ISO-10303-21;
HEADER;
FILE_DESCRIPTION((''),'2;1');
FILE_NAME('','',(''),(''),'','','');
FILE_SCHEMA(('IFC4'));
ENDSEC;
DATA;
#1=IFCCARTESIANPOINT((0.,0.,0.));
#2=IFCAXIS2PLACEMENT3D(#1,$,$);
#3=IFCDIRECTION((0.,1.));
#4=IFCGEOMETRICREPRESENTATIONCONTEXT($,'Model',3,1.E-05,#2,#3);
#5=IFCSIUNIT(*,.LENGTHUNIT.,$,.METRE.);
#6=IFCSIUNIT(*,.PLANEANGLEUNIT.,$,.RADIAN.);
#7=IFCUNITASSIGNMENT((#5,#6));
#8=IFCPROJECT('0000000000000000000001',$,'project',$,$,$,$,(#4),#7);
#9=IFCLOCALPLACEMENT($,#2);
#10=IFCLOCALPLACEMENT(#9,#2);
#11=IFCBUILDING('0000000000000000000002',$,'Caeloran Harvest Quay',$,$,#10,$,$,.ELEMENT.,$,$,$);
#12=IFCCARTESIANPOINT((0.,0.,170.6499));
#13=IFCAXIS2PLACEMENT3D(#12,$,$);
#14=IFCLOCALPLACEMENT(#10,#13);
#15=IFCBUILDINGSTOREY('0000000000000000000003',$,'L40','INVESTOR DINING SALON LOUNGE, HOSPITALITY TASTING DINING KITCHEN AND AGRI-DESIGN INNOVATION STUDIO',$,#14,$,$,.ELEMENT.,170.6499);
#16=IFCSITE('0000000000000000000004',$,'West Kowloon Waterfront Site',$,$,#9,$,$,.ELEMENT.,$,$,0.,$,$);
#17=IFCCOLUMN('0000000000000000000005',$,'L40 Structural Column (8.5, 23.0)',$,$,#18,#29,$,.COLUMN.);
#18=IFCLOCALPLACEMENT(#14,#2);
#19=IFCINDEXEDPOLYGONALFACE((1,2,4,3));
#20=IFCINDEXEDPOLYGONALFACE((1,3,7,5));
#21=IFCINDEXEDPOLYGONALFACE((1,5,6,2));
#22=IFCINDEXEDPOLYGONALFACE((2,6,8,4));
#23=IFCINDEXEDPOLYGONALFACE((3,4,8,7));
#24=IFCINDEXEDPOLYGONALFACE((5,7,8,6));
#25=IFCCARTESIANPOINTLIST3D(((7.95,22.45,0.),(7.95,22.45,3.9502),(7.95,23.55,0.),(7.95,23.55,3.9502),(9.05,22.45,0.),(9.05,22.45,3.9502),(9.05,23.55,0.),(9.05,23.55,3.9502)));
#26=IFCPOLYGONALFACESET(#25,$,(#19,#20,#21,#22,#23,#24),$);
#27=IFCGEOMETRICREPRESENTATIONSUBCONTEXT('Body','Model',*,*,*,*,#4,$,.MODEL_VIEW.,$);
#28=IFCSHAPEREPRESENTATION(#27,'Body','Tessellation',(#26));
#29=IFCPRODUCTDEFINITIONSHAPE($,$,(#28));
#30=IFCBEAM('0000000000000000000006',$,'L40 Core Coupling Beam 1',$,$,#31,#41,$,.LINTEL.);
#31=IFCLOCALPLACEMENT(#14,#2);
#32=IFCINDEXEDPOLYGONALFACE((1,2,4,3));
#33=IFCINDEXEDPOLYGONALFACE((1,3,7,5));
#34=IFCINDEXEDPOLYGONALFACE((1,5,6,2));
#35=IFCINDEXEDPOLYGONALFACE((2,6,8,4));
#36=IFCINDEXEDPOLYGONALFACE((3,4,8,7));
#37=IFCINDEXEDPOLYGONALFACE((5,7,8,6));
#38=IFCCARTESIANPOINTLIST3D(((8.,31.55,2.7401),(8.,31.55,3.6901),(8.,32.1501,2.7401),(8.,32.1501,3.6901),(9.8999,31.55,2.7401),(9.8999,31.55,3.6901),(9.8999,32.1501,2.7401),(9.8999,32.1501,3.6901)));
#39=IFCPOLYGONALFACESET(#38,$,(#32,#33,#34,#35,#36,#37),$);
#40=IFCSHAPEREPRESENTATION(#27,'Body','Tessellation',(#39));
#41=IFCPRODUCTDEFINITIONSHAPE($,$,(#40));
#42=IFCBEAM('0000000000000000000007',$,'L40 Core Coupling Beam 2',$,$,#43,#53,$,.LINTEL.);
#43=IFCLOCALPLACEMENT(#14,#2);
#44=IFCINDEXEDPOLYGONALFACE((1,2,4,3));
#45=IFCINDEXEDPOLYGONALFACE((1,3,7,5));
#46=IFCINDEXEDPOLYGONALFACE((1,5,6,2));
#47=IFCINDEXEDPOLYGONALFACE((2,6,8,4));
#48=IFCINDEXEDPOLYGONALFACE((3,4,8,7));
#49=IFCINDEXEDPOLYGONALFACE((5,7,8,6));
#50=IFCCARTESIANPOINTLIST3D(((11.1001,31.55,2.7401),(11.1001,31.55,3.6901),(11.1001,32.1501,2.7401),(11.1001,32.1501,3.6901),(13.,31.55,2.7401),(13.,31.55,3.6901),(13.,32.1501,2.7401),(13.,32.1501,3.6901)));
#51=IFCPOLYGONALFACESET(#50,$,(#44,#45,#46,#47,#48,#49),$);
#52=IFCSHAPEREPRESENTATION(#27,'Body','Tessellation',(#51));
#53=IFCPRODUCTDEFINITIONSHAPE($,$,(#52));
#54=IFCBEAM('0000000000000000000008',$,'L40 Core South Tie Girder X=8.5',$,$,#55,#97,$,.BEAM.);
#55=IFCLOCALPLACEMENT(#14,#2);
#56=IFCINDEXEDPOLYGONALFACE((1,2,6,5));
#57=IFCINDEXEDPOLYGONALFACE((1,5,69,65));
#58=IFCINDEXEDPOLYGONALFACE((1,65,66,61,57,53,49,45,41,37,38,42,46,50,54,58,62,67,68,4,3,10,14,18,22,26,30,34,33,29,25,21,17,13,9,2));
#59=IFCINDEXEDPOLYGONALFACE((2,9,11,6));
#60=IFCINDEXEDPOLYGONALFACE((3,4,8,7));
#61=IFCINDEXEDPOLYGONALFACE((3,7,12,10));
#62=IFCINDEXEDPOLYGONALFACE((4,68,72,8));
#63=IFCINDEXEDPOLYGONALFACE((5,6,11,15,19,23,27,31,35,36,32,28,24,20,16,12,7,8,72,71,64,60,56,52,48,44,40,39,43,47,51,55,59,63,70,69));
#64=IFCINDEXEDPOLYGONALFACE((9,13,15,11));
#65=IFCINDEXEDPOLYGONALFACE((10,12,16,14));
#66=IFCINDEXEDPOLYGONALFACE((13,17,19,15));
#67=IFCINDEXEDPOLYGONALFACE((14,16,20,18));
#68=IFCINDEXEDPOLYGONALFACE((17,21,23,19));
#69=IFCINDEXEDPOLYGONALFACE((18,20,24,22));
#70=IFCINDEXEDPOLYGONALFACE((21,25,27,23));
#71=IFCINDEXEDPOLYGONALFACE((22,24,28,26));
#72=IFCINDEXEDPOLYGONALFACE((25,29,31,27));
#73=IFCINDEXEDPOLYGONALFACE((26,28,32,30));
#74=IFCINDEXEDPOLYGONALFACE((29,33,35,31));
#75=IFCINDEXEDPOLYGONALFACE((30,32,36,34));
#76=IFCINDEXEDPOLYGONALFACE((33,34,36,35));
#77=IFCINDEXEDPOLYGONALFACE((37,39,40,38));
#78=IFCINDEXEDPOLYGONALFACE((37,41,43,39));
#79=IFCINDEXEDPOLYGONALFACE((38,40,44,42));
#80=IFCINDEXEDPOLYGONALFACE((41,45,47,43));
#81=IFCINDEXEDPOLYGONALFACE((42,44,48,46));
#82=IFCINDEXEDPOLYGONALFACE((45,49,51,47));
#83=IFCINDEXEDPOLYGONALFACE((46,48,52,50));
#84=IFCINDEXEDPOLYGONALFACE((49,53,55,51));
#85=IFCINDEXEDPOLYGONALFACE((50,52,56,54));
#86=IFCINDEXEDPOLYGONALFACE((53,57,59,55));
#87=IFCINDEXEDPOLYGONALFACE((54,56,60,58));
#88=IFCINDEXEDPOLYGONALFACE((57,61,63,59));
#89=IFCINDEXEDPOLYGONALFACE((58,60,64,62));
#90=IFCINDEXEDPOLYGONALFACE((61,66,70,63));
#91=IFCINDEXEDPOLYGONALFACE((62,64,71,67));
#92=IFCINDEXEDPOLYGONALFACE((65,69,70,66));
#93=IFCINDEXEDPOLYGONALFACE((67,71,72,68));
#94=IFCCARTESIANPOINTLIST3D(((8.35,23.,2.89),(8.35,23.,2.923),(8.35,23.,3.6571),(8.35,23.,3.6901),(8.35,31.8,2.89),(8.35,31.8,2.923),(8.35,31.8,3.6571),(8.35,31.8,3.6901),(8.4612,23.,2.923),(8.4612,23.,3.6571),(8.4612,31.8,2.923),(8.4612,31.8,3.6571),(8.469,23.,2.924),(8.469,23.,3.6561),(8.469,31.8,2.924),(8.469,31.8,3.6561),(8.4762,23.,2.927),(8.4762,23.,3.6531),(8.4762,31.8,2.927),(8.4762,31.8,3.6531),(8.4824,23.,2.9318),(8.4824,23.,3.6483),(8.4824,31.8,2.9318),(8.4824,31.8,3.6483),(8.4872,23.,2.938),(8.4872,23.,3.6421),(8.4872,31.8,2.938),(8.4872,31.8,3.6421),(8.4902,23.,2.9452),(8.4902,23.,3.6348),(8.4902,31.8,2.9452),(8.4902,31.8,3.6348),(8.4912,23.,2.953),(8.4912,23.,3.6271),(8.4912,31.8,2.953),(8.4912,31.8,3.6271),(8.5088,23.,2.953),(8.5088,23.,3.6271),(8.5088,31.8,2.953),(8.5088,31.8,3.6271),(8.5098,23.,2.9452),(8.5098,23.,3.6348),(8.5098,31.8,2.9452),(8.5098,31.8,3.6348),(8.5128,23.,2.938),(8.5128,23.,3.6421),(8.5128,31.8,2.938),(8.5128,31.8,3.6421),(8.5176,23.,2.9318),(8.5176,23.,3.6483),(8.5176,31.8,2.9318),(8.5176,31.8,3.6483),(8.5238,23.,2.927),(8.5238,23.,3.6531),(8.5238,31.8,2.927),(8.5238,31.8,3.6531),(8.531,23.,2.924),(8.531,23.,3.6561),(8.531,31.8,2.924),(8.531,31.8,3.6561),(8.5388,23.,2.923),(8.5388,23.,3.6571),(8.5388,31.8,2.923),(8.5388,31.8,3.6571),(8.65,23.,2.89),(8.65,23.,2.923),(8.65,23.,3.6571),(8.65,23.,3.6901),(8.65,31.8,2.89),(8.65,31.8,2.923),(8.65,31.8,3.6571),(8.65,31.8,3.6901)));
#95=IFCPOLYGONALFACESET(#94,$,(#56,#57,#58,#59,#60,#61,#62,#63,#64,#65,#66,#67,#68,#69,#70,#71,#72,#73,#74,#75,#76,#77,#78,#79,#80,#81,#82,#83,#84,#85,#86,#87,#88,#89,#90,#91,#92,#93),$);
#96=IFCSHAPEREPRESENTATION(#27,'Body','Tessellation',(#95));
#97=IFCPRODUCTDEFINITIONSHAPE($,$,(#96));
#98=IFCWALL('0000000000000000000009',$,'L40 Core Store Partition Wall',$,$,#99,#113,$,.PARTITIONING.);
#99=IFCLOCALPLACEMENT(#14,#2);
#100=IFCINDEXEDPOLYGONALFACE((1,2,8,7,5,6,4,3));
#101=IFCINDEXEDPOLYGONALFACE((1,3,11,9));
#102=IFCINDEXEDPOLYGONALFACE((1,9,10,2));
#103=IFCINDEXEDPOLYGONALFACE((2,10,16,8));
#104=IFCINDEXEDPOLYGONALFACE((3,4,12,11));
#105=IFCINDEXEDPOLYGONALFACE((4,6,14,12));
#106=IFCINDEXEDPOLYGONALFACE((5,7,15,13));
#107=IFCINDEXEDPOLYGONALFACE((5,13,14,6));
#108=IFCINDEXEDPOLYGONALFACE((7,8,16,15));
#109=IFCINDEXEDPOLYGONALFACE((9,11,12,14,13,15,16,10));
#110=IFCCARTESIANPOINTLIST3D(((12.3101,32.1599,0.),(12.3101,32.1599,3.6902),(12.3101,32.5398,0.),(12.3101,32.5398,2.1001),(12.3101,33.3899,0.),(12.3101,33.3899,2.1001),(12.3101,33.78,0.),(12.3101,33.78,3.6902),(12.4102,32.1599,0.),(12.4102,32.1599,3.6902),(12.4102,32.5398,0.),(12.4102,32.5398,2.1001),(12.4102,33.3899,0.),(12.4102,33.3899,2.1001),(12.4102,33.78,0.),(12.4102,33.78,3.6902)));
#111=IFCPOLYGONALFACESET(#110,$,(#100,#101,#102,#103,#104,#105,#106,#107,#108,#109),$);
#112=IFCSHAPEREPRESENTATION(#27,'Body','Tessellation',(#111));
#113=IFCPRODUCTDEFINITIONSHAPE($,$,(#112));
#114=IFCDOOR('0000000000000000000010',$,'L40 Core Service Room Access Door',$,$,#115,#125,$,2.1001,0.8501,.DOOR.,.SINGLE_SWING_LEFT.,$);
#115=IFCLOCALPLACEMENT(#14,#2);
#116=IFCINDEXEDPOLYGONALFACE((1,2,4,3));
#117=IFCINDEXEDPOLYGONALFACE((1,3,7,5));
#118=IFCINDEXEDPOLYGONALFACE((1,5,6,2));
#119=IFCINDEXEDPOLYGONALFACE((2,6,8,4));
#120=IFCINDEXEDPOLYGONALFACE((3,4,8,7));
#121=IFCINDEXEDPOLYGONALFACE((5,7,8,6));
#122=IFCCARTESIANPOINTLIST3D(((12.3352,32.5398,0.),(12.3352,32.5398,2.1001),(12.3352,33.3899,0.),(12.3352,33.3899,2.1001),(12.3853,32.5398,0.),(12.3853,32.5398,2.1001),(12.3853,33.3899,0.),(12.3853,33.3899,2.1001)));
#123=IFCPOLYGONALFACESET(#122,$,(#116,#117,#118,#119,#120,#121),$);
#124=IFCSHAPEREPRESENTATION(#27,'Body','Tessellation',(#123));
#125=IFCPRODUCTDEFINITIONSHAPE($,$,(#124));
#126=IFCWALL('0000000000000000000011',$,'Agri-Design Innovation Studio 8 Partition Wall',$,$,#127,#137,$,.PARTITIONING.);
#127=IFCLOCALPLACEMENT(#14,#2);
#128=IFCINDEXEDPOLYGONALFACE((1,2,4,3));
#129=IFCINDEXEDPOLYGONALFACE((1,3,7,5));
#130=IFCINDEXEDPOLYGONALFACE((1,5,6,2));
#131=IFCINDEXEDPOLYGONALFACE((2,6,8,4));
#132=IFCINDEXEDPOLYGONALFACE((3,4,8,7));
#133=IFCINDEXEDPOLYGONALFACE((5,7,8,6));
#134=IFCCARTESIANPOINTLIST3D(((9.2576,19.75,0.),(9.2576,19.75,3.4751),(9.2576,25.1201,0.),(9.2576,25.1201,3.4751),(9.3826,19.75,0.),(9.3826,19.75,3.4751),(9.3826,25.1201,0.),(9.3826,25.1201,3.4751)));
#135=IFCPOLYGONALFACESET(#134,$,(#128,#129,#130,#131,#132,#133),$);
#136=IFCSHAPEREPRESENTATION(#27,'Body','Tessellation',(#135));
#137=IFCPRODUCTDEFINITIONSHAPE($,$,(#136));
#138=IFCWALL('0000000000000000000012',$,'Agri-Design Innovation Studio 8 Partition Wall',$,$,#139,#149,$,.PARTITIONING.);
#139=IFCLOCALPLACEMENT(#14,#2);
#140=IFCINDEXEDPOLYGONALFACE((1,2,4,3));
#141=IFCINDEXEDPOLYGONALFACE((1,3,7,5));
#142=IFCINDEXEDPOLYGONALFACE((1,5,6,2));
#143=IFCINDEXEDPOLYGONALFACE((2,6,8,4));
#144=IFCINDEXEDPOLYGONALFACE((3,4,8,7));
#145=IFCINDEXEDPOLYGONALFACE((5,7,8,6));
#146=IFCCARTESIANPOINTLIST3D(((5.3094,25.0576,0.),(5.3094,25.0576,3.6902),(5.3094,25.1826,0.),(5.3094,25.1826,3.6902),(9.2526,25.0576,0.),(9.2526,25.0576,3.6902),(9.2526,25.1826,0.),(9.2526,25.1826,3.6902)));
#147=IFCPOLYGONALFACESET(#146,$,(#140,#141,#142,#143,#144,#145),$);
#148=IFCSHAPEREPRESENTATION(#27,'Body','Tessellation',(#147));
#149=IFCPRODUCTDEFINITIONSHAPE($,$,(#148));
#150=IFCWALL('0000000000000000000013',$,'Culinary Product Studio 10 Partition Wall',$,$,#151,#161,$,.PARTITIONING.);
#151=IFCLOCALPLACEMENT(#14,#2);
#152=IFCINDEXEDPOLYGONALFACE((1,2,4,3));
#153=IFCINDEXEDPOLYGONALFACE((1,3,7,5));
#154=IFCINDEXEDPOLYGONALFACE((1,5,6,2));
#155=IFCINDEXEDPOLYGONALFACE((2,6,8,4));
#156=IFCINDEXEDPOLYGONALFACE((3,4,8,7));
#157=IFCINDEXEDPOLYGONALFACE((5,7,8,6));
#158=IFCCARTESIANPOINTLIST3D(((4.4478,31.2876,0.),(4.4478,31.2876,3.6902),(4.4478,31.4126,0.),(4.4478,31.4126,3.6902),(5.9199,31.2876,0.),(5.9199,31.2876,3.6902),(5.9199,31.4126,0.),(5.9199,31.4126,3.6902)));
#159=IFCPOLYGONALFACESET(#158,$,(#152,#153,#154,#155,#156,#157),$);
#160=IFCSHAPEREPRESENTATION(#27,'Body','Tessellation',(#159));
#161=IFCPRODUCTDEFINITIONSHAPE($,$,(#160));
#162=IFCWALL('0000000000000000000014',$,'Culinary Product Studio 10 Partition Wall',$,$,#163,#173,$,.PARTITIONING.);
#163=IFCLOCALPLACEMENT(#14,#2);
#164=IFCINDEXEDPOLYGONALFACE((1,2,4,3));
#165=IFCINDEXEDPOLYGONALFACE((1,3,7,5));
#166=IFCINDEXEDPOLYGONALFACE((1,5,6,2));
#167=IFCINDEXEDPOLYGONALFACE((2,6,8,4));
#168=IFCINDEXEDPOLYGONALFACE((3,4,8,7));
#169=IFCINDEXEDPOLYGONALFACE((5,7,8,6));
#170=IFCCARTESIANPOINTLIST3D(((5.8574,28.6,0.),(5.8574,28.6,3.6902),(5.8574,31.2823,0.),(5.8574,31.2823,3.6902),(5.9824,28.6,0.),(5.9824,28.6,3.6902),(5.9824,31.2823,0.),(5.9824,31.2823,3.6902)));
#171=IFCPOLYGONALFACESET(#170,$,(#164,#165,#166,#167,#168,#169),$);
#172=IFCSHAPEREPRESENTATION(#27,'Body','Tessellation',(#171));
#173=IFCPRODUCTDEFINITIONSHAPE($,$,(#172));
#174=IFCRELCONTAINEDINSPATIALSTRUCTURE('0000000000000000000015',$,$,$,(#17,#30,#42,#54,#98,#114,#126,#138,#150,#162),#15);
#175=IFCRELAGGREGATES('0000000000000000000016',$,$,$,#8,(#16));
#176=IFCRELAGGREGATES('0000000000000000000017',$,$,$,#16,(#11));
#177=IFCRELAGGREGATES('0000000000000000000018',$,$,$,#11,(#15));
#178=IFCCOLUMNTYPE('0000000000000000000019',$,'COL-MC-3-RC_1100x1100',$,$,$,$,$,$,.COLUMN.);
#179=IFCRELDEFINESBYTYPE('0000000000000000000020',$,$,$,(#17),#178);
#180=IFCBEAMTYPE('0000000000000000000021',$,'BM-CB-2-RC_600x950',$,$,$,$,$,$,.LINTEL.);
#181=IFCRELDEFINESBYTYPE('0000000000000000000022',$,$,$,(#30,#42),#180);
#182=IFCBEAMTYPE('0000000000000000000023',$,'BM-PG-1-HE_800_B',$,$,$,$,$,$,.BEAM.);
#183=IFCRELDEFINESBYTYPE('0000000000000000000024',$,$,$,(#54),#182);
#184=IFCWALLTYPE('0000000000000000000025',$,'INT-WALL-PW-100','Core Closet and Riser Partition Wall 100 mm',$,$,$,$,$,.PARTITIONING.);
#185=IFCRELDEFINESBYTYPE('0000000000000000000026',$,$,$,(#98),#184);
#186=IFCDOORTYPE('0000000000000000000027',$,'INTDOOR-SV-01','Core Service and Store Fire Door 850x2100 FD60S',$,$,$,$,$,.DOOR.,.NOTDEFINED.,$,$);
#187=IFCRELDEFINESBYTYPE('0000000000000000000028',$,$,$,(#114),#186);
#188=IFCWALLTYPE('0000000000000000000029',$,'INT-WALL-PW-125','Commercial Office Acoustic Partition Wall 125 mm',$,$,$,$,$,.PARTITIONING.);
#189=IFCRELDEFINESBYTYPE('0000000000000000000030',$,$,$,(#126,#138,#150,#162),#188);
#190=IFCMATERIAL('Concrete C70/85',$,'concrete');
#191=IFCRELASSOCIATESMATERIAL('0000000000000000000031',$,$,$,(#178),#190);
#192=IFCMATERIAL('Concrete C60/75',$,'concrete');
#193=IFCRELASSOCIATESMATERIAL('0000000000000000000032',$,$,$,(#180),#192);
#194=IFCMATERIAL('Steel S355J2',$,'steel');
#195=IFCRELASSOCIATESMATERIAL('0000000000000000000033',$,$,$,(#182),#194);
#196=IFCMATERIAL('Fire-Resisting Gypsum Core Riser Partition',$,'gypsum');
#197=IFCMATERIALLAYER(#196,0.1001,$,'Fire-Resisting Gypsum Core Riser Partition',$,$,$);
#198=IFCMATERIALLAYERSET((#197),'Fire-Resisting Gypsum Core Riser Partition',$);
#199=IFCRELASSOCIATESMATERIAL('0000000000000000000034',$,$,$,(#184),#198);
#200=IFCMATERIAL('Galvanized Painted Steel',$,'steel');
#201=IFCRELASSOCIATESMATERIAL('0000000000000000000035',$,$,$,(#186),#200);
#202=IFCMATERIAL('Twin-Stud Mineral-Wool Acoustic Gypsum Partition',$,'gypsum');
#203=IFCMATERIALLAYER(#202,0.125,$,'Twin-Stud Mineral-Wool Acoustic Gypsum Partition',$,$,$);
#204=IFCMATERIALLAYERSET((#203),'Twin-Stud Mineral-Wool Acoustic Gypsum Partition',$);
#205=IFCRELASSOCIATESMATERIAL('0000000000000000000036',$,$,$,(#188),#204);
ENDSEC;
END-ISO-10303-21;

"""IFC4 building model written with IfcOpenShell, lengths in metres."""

from ifc_helpers import new_model, si_unit, direction, frame, frame_2d, origin, origin_2d, place, context, subcontext, project, spatial, rectangle, i_section, extrude, material, layer, layer_set, material_profile, profile_set, type_object, element, fill, save


model = new_model("IFC4")

# Units and contexts
model_context = context("Model", 3, precision=1e-05, world=origin(), true_north=direction((0.0, 1.0)))
body_context = subcontext(model_context, "Body", "Model", "MODEL_VIEW")
ifc_project = project(units=[si_unit("LENGTHUNIT", "METRE"), si_unit("PLANEANGLEUNIT", "RADIAN")], contexts=[model_context])

# Site, building, storey
site_placement = place(None, origin())
site = spatial("IfcSite", under=ifc_project, at=site_placement, Name="West Kowloon Waterfront Site", CompositionType="ELEMENT", RefElevation=0.0)
building_placement = place(site_placement, origin())
building = spatial("IfcBuilding", under=site, at=building_placement, Name="Caeloran Harvest Quay", CompositionType="ELEMENT")
storey_placement = place(building_placement, frame((0.0, 0.0, 170.6499)))
storey = spatial("IfcBuildingStorey", under=building, at=storey_placement, Name="L40", Description="INVESTOR DINING SALON LOUNGE, HOSPITALITY TASTING DINING KITCHEN AND AGRI-DESIGN INNOVATION STUDIO", CompositionType="ELEMENT", Elevation=170.6499)

# Column
ifc_material_1 = material(Name="Concrete C70/85", Category="concrete")
ifc_material_profile_1 = material_profile(ifc_material_1, rectangle(XDim=1.1001, YDim=1.1001, at=origin_2d()), Name="RC 1100x1100")
ifc_profile_set_1 = profile_set([ifc_material_profile_1], Name="Concrete C70/85")
column_type = type_object("IfcColumnType", Name="COL-MC-3-RC_1100x1100", PredefinedType="COLUMN", material=ifc_profile_set_1)
column_placement = place(storey_placement, frame((8.5, 23.0, 0.0), z_axis=(0.0, 0.0, 1.0), x_axis=(1.0, 0.0, 0.0)))
element("IfcColumn", 1, at=column_placement, inside=storey, type_object=column_type, Name="L40 Structural Column (8.5, 23.0)", PredefinedType="COLUMN", context=body_context, shape_type="SweptSolid", body=[
    extrude(rectangle(XDim=1.1001, YDim=1.1001, at=origin_2d()), origin(), (0.0, 0.0, 1.0), 3.9502),
])

# Beams
ifc_material_2 = material(Name="Concrete C60/75", Category="concrete")
ifc_material_profile_2 = material_profile(ifc_material_2, rectangle(XDim=0.6001, YDim=0.95, at=origin_2d()), Name="RC 600x950")
ifc_profile_set_2 = profile_set([ifc_material_profile_2], Name="Concrete C60/75")
beam_type_1 = type_object("IfcBeamType", Name="BM-CB-2-RC_600x950", PredefinedType="LINTEL", material=ifc_profile_set_2)
for number, where, z_axis, x_axis, name in (
    (2, (8.0, 31.8501, 3.2151), (1.0, 0.0, 0.0), (0.0, 1.0, 0.0), "L40 Core Coupling Beam 1"),
    (3, (11.1001, 31.8501, 3.2151), (1.0, 0.0, 0.0), (0.0, 1.0, 0.0), "L40 Core Coupling Beam 2"),
):
    element("IfcBeam", number, at=place(storey_placement, frame(where, z_axis=z_axis, x_axis=x_axis)), inside=storey, type_object=beam_type_1, Name=name, PredefinedType="LINTEL", context=body_context, shape_type="SweptSolid", body=[
        extrude(rectangle(XDim=0.6001, YDim=0.95, at=origin_2d()), origin(), (0.0, 0.0, 1.0), 1.8999),
    ])
ifc_material_3 = material(Name="Steel S355J2", Category="steel")
ifc_material_profile_3 = material_profile(ifc_material_3, i_section(OverallWidth=0.3, OverallDepth=0.8, WebThickness=0.0176, FlangeThickness=0.033, FilletRadius=0.03, at=origin_2d()), Name="HE 800 B")
ifc_profile_set_3 = profile_set([ifc_material_profile_3], Name="Steel S355J2")
beam_type_2 = type_object("IfcBeamType", Name="BM-PG-1-HE_800_B", PredefinedType="BEAM", material=ifc_profile_set_3)
beam_placement = place(storey_placement, frame((8.5, 23.0, 3.29), z_axis=(0.0, 1.0, 0.0), x_axis=(-1.0, 0.0, 0.0)))
element("IfcBeam", 4, at=beam_placement, inside=storey, type_object=beam_type_2, Name="L40 Core South Tie Girder X=8.5", PredefinedType="BEAM", context=body_context, shape_type="SweptSolid", body=[
    extrude(i_section(OverallWidth=0.3, OverallDepth=0.8, WebThickness=0.0176, FlangeThickness=0.033, FilletRadius=0.03, at=origin_2d()), origin(), (0.0, 0.0, 1.0), 8.8),
])

# Wall, opening, door
ifc_material_4 = material(Name="Fire-Resisting Gypsum Core Riser Partition", Category="gypsum")
ifc_layer_1 = layer(ifc_material_4, 0.1001, Name="Fire-Resisting Gypsum Core Riser Partition")
ifc_layer_set_1 = layer_set([ifc_layer_1], Name="Fire-Resisting Gypsum Core Riser Partition")
wall_type_1 = type_object("IfcWallType", Name="INT-WALL-PW-100", Description="Core Closet and Riser Partition Wall 100 mm", PredefinedType="PARTITIONING", material=ifc_layer_set_1)
wall_1_placement = place(storey_placement, frame((12.3601, 32.1599, 0.0), z_axis=(0.0, 0.0, 1.0), x_axis=(0.0, 1.0, 0.0)))
wall_1 = element("IfcWall", 5, at=wall_1_placement, inside=storey, type_object=wall_type_1, Name="L40 Core Store Partition Wall", PredefinedType="PARTITIONING", context=body_context, shape_type="SweptSolid", body=[
    extrude(rectangle(XDim=1.6201, YDim=0.1001, at=frame_2d((0.8101, 0.0))), origin(), (0.0, 0.0, 1.0), 3.6902),
])
opening_1_placement = place(wall_1_placement, frame((0.3799, 0.0, 0.0)))
opening_1 = element("IfcOpeningElement", 6, at=opening_1_placement, cuts=wall_1, PredefinedType="OPENING", context=body_context, shape_type="SweptSolid", body=[
    extrude(rectangle(XDim=0.8501, YDim=2.1001, at=frame_2d((0.425, 1.05))), frame((0.0, 0.0601, 0.0), z_axis=(0.0, -1.0, 0.0), x_axis=(1.0, 0.0, 0.0)), (0.0, 0.0, 1.0), 0.1201),
])
ifc_material_5 = material(Name="Galvanized Painted Steel", Category="steel")
door_type_1 = type_object("IfcDoorType", Name="INTDOOR-SV-01", Description="Core Service and Store Fire Door 850x2100 FD60S", OperationType="NOTDEFINED", PredefinedType="DOOR", material=ifc_material_5)
door_1_placement = place(opening_1_placement, origin())
door_1 = element("IfcDoor", 7, at=door_1_placement, inside=storey, type_object=door_type_1, Name="L40 Core Service Room Access Door", OperationType="SINGLE_SWING_LEFT", OverallHeight=2.1001, OverallWidth=0.8501, PredefinedType="DOOR", context=body_context, shape_type="SweptSolid", body=[
    extrude(rectangle(XDim=0.8501, YDim=2.1001, at=frame_2d((0.425, 1.05))), frame((0.0, 0.0249, 0.0), z_axis=(0.0, -1.0, 0.0), x_axis=(1.0, 0.0, 0.0)), (0.0, 0.0, 1.0), 0.05),
])
fill(opening_1, door_1)

# Walls
ifc_material_6 = material(Name="Twin-Stud Mineral-Wool Acoustic Gypsum Partition", Category="gypsum")
ifc_layer_2 = layer(ifc_material_6, 0.125, Name="Twin-Stud Mineral-Wool Acoustic Gypsum Partition")
ifc_layer_set_2 = layer_set([ifc_layer_2], Name="Twin-Stud Mineral-Wool Acoustic Gypsum Partition")
wall_type_2 = type_object("IfcWallType", Name="INT-WALL-PW-125", Description="Commercial Office Acoustic Partition Wall 125 mm", PredefinedType="PARTITIONING", material=ifc_layer_set_2)
wall_2_placement = place(storey_placement, frame((9.3201, 25.1201, 0.0), z_axis=(0.0, 0.0, 1.0), x_axis=(0.0, -1.0, 0.0)))
element("IfcWall", 8, at=wall_2_placement, inside=storey, type_object=wall_type_2, Name="Agri-Design Innovation Studio 8 Partition Wall", PredefinedType="PARTITIONING", context=body_context, shape_type="SweptSolid", body=[
    extrude(rectangle(XDim=5.3701, YDim=0.125, at=frame_2d((2.6851, 0.0))), origin(), (0.0, 0.0, 1.0), 3.4751),
])
wall_3_placement = place(storey_placement, frame((5.3093, 25.1201, 0.0), z_axis=(0.0, 0.0, 1.0), x_axis=(1.0, 0.0, 0.0)))
element("IfcWall", 9, at=wall_3_placement, inside=storey, type_object=wall_type_2, Name="Agri-Design Innovation Studio 8 Partition Wall", PredefinedType="PARTITIONING", context=body_context, shape_type="SweptSolid", body=[
    extrude(rectangle(XDim=3.9431, YDim=0.125, at=frame_2d((1.9717, 0.0))), origin(), (0.0, 0.0, 1.0), 3.6902),
])
wall_4_placement = place(storey_placement, frame((4.4478, 31.3501, 0.0), z_axis=(0.0, 0.0, 1.0), x_axis=(1.0, 0.0, 0.0)))
element("IfcWall", 10, at=wall_4_placement, inside=storey, type_object=wall_type_2, Name="Culinary Product Studio 10 Partition Wall", PredefinedType="PARTITIONING", context=body_context, shape_type="SweptSolid", body=[
    extrude(rectangle(XDim=1.4722, YDim=0.125, at=frame_2d((0.7361, 0.0))), origin(), (0.0, 0.0, 1.0), 3.6902),
])
wall_5_placement = place(storey_placement, frame((5.9199, 31.2825, 0.0), z_axis=(0.0, 0.0, 1.0), x_axis=(0.0, -1.0, 0.0)))
element("IfcWall", 11, at=wall_5_placement, inside=storey, type_object=wall_type_2, Name="Culinary Product Studio 10 Partition Wall", PredefinedType="PARTITIONING", context=body_context, shape_type="SweptSolid", body=[
    extrude(rectangle(XDim=2.6824, YDim=0.125, at=frame_2d((1.3413, 0.0))), origin(), (0.0, 0.0, 1.0), 3.6902),
])

save(model, "model.ifc")
